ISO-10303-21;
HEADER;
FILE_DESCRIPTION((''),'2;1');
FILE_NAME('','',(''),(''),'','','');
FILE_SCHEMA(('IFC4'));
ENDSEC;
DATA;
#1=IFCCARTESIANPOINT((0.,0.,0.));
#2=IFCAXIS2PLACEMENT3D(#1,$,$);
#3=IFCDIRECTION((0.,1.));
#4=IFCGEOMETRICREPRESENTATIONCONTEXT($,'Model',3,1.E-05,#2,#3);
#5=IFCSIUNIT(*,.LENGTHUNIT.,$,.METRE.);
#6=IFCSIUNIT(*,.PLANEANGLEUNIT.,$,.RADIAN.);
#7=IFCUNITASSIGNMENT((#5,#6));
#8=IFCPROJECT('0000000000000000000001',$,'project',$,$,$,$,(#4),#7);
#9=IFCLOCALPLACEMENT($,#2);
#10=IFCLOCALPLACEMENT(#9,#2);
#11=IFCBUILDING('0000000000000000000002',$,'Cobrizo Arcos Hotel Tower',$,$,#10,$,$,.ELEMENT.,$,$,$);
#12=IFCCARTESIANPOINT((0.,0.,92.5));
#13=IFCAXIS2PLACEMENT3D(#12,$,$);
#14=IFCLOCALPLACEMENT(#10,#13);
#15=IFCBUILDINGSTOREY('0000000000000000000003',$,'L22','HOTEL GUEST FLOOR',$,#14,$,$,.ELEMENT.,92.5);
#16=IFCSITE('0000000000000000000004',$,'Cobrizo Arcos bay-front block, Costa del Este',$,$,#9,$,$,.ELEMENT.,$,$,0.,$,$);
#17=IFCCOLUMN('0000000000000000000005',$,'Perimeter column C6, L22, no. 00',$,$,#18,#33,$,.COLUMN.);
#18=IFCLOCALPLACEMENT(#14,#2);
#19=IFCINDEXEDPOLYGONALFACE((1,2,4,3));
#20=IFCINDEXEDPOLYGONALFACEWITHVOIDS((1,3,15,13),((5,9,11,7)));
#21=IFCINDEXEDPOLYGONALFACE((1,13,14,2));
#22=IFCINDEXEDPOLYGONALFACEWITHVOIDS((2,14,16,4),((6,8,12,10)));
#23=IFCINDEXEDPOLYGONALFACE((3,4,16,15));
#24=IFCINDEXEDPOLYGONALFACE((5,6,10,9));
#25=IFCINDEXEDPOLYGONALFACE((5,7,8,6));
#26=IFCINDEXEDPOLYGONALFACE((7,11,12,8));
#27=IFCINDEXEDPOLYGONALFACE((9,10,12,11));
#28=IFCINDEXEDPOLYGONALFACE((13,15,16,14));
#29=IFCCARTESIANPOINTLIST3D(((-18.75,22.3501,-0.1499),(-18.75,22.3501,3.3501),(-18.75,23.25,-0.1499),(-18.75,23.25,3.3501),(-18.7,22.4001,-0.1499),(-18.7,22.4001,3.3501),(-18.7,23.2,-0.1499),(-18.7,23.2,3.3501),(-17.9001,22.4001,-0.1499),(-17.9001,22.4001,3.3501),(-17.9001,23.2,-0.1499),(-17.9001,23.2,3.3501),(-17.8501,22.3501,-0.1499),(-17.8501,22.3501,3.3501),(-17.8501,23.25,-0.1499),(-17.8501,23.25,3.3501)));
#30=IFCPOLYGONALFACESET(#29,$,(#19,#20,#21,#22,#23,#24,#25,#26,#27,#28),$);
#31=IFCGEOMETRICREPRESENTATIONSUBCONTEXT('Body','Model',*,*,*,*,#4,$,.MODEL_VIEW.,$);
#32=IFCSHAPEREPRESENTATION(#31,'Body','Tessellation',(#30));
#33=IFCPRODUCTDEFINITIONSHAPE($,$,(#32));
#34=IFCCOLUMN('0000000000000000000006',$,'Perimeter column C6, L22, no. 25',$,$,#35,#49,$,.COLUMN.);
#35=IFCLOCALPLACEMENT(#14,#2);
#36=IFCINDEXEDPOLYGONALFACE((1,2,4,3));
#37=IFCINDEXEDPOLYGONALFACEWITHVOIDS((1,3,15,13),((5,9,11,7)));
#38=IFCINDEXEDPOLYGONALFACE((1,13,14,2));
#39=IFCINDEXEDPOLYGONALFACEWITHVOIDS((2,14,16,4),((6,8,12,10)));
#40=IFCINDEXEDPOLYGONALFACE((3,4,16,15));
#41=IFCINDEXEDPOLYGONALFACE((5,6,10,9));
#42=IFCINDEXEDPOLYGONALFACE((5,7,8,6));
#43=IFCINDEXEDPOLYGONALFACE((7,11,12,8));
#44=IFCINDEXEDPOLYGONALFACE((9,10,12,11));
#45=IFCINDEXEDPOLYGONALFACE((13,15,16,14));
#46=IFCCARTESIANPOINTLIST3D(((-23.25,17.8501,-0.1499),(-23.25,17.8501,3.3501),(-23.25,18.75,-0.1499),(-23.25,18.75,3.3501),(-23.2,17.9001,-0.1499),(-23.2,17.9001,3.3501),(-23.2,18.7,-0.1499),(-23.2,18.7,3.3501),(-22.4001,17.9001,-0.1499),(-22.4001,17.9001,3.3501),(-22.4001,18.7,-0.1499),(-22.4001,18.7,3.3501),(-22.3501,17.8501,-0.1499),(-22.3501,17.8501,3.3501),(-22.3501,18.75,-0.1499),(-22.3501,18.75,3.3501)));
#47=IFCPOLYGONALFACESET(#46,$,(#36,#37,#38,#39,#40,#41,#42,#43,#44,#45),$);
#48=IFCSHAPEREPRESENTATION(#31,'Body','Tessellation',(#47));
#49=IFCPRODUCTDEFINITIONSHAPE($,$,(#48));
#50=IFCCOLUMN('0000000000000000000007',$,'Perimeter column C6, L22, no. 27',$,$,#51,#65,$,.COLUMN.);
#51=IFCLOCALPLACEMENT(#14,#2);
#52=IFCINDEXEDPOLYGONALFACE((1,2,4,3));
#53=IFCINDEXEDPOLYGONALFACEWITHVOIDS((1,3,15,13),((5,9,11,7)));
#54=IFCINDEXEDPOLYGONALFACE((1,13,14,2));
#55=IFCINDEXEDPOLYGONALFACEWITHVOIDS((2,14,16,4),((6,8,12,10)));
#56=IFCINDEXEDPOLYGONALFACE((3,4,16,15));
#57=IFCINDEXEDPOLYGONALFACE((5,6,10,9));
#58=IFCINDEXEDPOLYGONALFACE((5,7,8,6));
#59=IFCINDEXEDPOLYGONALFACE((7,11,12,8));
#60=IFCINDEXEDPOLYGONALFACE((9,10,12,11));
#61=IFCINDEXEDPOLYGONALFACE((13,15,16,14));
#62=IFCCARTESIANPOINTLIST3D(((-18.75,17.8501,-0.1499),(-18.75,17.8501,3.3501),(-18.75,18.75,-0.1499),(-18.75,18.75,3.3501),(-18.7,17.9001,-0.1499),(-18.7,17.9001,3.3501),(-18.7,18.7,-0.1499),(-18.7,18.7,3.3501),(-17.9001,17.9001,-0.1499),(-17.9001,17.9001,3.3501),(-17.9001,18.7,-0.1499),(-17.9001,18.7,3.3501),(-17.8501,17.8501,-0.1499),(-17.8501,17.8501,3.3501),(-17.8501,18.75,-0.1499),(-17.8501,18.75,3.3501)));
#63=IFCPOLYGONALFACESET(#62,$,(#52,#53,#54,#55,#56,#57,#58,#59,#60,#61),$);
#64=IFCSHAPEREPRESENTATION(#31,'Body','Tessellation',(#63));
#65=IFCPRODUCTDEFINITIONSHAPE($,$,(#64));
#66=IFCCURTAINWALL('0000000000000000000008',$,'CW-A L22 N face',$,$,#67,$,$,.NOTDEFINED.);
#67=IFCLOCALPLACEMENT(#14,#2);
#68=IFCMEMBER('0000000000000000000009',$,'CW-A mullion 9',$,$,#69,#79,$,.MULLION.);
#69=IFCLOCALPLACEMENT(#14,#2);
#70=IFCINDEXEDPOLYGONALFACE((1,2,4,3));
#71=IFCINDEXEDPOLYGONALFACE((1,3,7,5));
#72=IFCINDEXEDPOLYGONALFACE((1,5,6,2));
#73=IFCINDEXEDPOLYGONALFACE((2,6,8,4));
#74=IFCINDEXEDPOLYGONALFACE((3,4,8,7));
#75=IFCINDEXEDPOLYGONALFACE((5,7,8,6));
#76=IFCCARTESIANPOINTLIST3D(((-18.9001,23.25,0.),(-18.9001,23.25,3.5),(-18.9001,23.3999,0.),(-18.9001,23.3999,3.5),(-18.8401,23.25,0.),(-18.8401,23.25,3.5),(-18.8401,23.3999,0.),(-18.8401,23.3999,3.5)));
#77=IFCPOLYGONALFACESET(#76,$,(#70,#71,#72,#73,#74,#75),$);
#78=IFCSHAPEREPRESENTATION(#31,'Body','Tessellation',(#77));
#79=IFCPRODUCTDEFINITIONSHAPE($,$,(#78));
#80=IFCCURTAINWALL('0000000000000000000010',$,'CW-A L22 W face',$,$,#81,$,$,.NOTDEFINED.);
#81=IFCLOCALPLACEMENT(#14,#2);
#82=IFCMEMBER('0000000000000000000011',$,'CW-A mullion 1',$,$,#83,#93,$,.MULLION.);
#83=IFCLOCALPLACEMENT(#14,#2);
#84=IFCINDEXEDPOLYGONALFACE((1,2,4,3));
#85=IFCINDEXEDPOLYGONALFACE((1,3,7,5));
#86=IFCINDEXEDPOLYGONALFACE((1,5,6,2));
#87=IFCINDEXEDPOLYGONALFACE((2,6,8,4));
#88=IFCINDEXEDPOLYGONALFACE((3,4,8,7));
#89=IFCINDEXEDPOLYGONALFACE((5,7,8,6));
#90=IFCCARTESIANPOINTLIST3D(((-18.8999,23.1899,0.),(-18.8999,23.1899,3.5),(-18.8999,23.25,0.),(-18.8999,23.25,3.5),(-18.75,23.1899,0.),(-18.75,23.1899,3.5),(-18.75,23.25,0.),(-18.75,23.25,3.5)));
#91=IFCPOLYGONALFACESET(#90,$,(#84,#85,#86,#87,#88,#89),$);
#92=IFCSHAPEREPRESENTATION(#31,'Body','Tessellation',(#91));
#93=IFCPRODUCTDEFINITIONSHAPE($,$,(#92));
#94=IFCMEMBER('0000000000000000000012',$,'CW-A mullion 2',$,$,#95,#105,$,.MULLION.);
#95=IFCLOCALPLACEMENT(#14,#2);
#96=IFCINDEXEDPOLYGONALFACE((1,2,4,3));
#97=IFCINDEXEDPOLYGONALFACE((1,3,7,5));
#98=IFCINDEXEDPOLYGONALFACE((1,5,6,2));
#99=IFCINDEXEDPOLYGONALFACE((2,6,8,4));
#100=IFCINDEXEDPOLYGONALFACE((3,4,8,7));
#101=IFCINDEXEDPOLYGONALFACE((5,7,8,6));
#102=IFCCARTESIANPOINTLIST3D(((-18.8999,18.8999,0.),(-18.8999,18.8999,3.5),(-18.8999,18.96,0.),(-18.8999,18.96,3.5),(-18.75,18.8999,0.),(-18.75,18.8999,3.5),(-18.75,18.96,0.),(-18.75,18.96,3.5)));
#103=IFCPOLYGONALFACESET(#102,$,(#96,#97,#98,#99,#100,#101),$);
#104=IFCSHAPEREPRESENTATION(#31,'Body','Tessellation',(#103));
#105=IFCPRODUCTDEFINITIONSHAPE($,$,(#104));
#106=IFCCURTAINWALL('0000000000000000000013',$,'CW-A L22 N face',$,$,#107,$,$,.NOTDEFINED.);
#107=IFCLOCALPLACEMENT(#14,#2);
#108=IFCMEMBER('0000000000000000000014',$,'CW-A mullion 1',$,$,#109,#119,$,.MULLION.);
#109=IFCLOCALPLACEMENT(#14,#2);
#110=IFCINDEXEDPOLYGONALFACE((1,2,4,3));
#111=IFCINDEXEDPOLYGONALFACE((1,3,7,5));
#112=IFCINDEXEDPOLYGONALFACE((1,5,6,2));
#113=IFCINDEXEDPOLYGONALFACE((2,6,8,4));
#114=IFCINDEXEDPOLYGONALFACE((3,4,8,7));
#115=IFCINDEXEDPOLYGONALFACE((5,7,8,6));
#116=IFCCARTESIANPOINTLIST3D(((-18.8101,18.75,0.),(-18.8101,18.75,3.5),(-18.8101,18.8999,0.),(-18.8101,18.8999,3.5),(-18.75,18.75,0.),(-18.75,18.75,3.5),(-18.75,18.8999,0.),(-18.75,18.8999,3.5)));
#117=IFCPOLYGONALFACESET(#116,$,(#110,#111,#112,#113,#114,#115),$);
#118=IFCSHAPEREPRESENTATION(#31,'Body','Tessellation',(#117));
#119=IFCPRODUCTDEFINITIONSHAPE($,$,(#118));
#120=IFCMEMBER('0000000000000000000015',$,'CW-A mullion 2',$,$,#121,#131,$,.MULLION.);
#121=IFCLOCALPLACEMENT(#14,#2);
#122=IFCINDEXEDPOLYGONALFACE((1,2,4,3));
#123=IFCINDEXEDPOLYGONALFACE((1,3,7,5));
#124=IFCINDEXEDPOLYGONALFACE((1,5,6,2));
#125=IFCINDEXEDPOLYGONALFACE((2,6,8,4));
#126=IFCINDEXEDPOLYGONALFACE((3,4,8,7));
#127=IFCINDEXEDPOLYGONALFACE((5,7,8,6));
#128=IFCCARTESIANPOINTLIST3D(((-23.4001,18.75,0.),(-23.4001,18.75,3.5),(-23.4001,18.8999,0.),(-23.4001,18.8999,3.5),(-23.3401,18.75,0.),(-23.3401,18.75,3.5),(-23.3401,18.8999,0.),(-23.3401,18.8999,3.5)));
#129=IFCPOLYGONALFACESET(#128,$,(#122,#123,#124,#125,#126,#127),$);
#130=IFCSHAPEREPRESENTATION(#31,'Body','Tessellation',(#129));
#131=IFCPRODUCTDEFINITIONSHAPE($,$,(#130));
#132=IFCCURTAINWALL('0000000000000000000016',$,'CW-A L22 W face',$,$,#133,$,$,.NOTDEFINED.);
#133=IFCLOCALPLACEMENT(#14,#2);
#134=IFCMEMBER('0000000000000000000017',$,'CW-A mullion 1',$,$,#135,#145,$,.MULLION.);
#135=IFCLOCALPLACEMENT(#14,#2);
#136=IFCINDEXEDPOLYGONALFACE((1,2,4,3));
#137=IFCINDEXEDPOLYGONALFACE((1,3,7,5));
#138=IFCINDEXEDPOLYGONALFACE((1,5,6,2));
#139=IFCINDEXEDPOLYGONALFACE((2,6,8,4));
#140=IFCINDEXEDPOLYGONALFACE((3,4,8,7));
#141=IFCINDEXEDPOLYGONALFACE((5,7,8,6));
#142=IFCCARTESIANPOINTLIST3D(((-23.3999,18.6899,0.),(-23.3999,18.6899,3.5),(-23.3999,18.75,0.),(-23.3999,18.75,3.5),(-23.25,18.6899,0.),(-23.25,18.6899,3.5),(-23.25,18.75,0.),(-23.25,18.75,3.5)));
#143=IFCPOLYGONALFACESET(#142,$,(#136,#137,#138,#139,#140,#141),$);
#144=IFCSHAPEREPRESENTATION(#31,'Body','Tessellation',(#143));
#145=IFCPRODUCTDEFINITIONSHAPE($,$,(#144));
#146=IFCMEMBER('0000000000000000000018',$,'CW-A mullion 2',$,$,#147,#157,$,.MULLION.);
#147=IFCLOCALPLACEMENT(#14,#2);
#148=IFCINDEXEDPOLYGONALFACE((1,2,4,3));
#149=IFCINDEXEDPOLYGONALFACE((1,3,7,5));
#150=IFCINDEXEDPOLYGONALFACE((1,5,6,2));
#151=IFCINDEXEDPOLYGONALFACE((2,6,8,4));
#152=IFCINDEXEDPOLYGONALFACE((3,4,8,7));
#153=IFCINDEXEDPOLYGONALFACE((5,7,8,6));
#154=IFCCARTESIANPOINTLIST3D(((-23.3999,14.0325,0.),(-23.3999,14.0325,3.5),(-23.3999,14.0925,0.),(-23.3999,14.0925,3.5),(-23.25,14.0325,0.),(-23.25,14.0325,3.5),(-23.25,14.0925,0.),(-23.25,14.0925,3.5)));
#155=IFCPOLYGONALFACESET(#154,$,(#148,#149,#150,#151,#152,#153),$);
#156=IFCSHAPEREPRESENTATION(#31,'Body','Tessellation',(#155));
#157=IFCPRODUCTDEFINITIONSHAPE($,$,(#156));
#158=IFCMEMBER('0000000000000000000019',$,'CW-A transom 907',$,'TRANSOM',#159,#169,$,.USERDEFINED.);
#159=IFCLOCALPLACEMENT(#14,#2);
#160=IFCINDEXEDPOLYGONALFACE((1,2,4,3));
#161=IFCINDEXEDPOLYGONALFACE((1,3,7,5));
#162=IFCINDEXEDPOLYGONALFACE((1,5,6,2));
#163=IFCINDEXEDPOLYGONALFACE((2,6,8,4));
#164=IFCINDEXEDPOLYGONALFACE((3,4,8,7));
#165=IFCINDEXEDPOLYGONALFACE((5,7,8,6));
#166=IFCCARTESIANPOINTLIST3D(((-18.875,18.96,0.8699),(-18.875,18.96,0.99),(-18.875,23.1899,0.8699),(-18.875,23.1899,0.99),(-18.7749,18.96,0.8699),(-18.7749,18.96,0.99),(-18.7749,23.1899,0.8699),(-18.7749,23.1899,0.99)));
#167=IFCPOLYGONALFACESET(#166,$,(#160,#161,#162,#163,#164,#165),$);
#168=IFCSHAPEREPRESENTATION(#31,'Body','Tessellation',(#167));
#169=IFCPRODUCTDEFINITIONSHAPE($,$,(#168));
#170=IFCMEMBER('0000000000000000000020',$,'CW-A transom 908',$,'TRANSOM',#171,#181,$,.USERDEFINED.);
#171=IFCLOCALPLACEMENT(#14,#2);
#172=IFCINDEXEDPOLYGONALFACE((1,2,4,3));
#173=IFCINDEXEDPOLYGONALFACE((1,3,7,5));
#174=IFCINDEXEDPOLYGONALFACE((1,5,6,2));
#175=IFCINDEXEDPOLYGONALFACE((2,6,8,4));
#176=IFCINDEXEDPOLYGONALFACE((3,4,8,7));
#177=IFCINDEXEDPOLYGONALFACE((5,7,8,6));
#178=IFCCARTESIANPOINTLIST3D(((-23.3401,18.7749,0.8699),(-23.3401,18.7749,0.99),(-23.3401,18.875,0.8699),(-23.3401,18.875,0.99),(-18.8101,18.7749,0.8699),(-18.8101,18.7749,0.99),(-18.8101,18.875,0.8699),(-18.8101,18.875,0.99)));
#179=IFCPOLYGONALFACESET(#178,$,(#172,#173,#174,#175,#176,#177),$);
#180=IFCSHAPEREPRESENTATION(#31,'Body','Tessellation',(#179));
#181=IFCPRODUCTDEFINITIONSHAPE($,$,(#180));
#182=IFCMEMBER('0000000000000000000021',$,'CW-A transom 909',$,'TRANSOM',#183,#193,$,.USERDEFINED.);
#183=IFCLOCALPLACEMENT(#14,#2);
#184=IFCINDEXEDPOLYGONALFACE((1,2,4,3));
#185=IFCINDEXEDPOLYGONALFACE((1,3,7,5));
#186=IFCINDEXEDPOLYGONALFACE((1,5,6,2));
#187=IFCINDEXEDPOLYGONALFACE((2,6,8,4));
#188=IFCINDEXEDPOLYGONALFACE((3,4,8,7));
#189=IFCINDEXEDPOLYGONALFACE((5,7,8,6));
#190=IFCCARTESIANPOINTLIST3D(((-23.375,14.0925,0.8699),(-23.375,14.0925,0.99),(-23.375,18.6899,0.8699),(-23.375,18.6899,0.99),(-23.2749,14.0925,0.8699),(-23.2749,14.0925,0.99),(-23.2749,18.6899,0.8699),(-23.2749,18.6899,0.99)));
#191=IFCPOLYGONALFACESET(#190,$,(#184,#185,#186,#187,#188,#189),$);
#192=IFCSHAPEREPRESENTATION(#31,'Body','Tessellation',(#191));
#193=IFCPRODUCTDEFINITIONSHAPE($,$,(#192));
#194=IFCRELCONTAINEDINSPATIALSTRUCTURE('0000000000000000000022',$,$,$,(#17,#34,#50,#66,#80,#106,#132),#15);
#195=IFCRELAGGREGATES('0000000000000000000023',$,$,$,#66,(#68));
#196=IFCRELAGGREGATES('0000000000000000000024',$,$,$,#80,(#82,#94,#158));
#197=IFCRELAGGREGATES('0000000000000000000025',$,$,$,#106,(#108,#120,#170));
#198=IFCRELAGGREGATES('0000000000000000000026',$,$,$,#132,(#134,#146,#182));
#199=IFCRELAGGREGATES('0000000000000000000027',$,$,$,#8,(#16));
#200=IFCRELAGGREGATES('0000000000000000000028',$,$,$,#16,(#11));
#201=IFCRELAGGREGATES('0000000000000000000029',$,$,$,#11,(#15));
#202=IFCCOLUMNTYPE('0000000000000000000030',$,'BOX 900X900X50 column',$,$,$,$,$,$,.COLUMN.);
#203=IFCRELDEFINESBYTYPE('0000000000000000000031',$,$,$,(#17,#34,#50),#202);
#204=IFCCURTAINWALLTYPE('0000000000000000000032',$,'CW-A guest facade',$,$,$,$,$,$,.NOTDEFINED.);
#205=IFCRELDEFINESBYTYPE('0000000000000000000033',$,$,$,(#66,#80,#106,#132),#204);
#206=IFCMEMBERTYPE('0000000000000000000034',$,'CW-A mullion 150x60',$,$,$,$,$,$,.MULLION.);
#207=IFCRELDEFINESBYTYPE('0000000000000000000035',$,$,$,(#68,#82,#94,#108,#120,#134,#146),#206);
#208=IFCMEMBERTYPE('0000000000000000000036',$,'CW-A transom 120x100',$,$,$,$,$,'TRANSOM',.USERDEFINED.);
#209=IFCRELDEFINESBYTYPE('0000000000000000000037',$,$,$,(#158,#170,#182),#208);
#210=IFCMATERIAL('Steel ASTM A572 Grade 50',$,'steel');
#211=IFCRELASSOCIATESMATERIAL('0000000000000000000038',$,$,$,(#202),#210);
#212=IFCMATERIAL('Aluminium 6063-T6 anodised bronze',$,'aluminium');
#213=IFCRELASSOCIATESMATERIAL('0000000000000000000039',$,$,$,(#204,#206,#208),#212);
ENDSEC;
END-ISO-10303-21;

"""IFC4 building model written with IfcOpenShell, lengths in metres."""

from ifc_helpers import new_model, si_unit, direction, frame, origin, origin_2d, place, context, subcontext, project, spatial, rectangle, hollow_rectangle, extrude, material, material_profile, profile_set, type_object, element, aggregate, save


model = new_model("IFC4")

# Units and contexts
model_context = context("Model", 3, precision=1e-05, world=origin(), true_north=direction((0.0, 1.0)))
body_context = subcontext(model_context, "Body", "Model", "MODEL_VIEW")
ifc_project = project(units=[si_unit("LENGTHUNIT", "METRE"), si_unit("PLANEANGLEUNIT", "RADIAN")], contexts=[model_context])

# Site, building, storey
site_placement = place(None, origin())
site = spatial("IfcSite", under=ifc_project, at=site_placement, Name="Cobrizo Arcos bay-front block, Costa del Este", CompositionType="ELEMENT", RefElevation=0.0)
building_placement = place(site_placement, origin())
building = spatial("IfcBuilding", under=site, at=building_placement, Name="Cobrizo Arcos Hotel Tower", CompositionType="ELEMENT")
storey_placement = place(building_placement, frame((0.0, 0.0, 92.5)))
storey = spatial("IfcBuildingStorey", under=building, at=storey_placement, Name="L22", Description="HOTEL GUEST FLOOR", CompositionType="ELEMENT", Elevation=92.5)

# Columns
ifc_material_1 = material(Name="Steel ASTM A572 Grade 50", Category="steel")
ifc_material_profile_1 = material_profile(ifc_material_1, hollow_rectangle(XDim=0.8999, YDim=0.8999, WallThickness=0.05, at=origin_2d()), Name="BOX 900X900X50")
ifc_profile_set_1 = profile_set([ifc_material_profile_1], Name="Steel ASTM A572 Grade 50")
column_type = type_object("IfcColumnType", Name="BOX 900X900X50 column", PredefinedType="COLUMN", material=ifc_profile_set_1)
for number, where, z_axis, x_axis, name in (
    (1, (-18.3, 22.8, -0.1499), (0.0, 0.0, 1.0), (1.0, 0.0, 0.0), "Perimeter column C6, L22, no. 00"),
    (2, (-22.8, 18.3, -0.1499), (0.0, 0.0, 1.0), (1.0, 0.0, 0.0), "Perimeter column C6, L22, no. 25"),
    (3, (-18.3, 18.3, -0.1499), (0.0, 0.0, 1.0), (1.0, 0.0, 0.0), "Perimeter column C6, L22, no. 27"),
):
    element("IfcColumn", number, at=place(storey_placement, frame(where, z_axis=z_axis, x_axis=x_axis)), inside=storey, type_object=column_type, Name=name, PredefinedType="COLUMN", context=body_context, shape_type="SweptSolid", body=[
        extrude(hollow_rectangle(XDim=0.8999, YDim=0.8999, WallThickness=0.05, at=origin_2d()), origin(), (0.0, 0.0, 1.0), 3.5),
    ])

# Curtain wall, member
ifc_material_2 = material(Name="Aluminium 6063-T6 anodised bronze", Category="aluminium")
curtain_wall_type = type_object("IfcCurtainWallType", Name="CW-A guest facade", PredefinedType="NOTDEFINED", material=ifc_material_2)
curtain_wall_1_placement = place(storey_placement, origin())
curtain_wall_1 = element("IfcCurtainWall", 4, at=curtain_wall_1_placement, inside=storey, type_object=curtain_wall_type, Name="CW-A L22 N face", PredefinedType="NOTDEFINED")
ifc_material_profile_2 = material_profile(ifc_material_2, rectangle(XDim=0.1499, YDim=0.0601, at=origin_2d()), Name="CW-A mullion 150x60")
ifc_profile_set_2 = profile_set([ifc_material_profile_2], Name="Aluminium 6063-T6 anodised bronze")
member_type_1 = type_object("IfcMemberType", Name="CW-A mullion 150x60", PredefinedType="MULLION", material=ifc_profile_set_2)
member_1_placement = place(storey_placement, frame((-18.8701, 23.325, 0.0), z_axis=(0.0, 0.0, 1.0), x_axis=(0.0, 1.0, 0.0)))
member_1 = element("IfcMember", 5, at=member_1_placement, type_object=member_type_1, Name="CW-A mullion 9", PredefinedType="MULLION", context=body_context, shape_type="SweptSolid", body=[
    extrude(rectangle(XDim=0.1499, YDim=0.0601, at=origin_2d()), origin(), (0.0, 0.0, 1.0), 3.5),
])

# Curtain walls, members
curtain_wall_2_placement = place(storey_placement, origin())
curtain_wall_2 = element("IfcCurtainWall", 6, at=curtain_wall_2_placement, inside=storey, type_object=curtain_wall_type, Name="CW-A L22 W face", PredefinedType="NOTDEFINED")
member_2_placement = place(storey_placement, frame((-18.825, 23.22, 0.0), z_axis=(0.0, 0.0, 1.0), x_axis=(-1.0, 0.0, 0.0)))
member_2 = element("IfcMember", 7, at=member_2_placement, type_object=member_type_1, Name="CW-A mullion 1", PredefinedType="MULLION", context=body_context, shape_type="SweptSolid", body=[
    extrude(rectangle(XDim=0.1499, YDim=0.0601, at=origin_2d()), origin(), (0.0, 0.0, 1.0), 3.5),
])
member_3_placement = place(storey_placement, frame((-18.825, 18.9299, 0.0), z_axis=(0.0, 0.0, 1.0), x_axis=(-1.0, 0.0, 0.0)))
member_3 = element("IfcMember", 8, at=member_3_placement, type_object=member_type_1, Name="CW-A mullion 2", PredefinedType="MULLION", context=body_context, shape_type="SweptSolid", body=[
    extrude(rectangle(XDim=0.1499, YDim=0.0601, at=origin_2d()), origin(), (0.0, 0.0, 1.0), 3.5),
])
curtain_wall_3_placement = place(storey_placement, origin())
curtain_wall_3 = element("IfcCurtainWall", 9, at=curtain_wall_3_placement, inside=storey, type_object=curtain_wall_type, Name="CW-A L22 N face", PredefinedType="NOTDEFINED")
member_4_placement = place(storey_placement, frame((-18.78, 18.825, 0.0), z_axis=(0.0, 0.0, 1.0), x_axis=(0.0, 1.0, 0.0)))
member_4 = element("IfcMember", 10, at=member_4_placement, type_object=member_type_1, Name="CW-A mullion 1", PredefinedType="MULLION", context=body_context, shape_type="SweptSolid", body=[
    extrude(rectangle(XDim=0.1499, YDim=0.0601, at=origin_2d()), origin(), (0.0, 0.0, 1.0), 3.5),
])
member_5_placement = place(storey_placement, frame((-23.3701, 18.825, 0.0), z_axis=(0.0, 0.0, 1.0), x_axis=(0.0, 1.0, 0.0)))
member_5 = element("IfcMember", 11, at=member_5_placement, type_object=member_type_1, Name="CW-A mullion 2", PredefinedType="MULLION", context=body_context, shape_type="SweptSolid", body=[
    extrude(rectangle(XDim=0.1499, YDim=0.0601, at=origin_2d()), origin(), (0.0, 0.0, 1.0), 3.5),
])
curtain_wall_4_placement = place(storey_placement, origin())
curtain_wall_4 = element("IfcCurtainWall", 12, at=curtain_wall_4_placement, inside=storey, type_object=curtain_wall_type, Name="CW-A L22 W face", PredefinedType="NOTDEFINED")
member_6_placement = place(storey_placement, frame((-23.325, 18.72, 0.0), z_axis=(0.0, 0.0, 1.0), x_axis=(-1.0, 0.0, 0.0)))
member_6 = element("IfcMember", 13, at=member_6_placement, type_object=member_type_1, Name="CW-A mullion 1", PredefinedType="MULLION", context=body_context, shape_type="SweptSolid", body=[
    extrude(rectangle(XDim=0.1499, YDim=0.0601, at=origin_2d()), origin(), (0.0, 0.0, 1.0), 3.5),
])
member_7_placement = place(storey_placement, frame((-23.325, 14.0625, 0.0), z_axis=(0.0, 0.0, 1.0), x_axis=(-1.0, 0.0, 0.0)))
member_7 = element("IfcMember", 14, at=member_7_placement, type_object=member_type_1, Name="CW-A mullion 2", PredefinedType="MULLION", context=body_context, shape_type="SweptSolid", body=[
    extrude(rectangle(XDim=0.1499, YDim=0.0601, at=origin_2d()), origin(), (0.0, 0.0, 1.0), 3.5),
])

# Members
ifc_material_profile_3 = material_profile(ifc_material_2, rectangle(XDim=0.1001, YDim=0.1201, at=origin_2d()), Name="CW-A transom 120x100")
ifc_profile_set_3 = profile_set([ifc_material_profile_3], Name="Aluminium 6063-T6 anodised bronze")
member_type_2 = type_object("IfcMemberType", Name="CW-A transom 120x100", ElementType="TRANSOM", PredefinedType="USERDEFINED", material=ifc_profile_set_3)
member_8_placement = place(storey_placement, frame((-18.825, 23.1899, 0.9299), z_axis=(0.0, -1.0, 0.0), x_axis=(1.0, 0.0, 0.0)))
member_8 = element("IfcMember", 15, at=member_8_placement, type_object=member_type_2, Name="CW-A transom 907", ObjectType="TRANSOM", PredefinedType="USERDEFINED", context=body_context, shape_type="SweptSolid", body=[
    extrude(rectangle(XDim=0.1001, YDim=0.1201, at=origin_2d()), origin(), (0.0, 0.0, 1.0), 4.23),
])
member_9_placement = place(storey_placement, frame((-18.8101, 18.825, 0.9299), z_axis=(-1.0, 0.0, 0.0), x_axis=(0.0, -1.0, 0.0)))
member_9 = element("IfcMember", 16, at=member_9_placement, type_object=member_type_2, Name="CW-A transom 908", ObjectType="TRANSOM", PredefinedType="USERDEFINED", context=body_context, shape_type="SweptSolid", body=[
    extrude(rectangle(XDim=0.1001, YDim=0.1201, at=origin_2d()), origin(), (0.0, 0.0, 1.0), 4.53),
])
member_10_placement = place(storey_placement, frame((-23.325, 18.6899, 0.9299), z_axis=(0.0, -1.0, 0.0), x_axis=(1.0, 0.0, 0.0)))
member_10 = element("IfcMember", 17, at=member_10_placement, type_object=member_type_2, Name="CW-A transom 909", ObjectType="TRANSOM", PredefinedType="USERDEFINED", context=body_context, shape_type="SweptSolid", body=[
    extrude(rectangle(XDim=0.1001, YDim=0.1201, at=origin_2d()), origin(), (0.0, 0.0, 1.0), 4.5974),
])

aggregate(curtain_wall_1, [member_1])
aggregate(curtain_wall_2, [member_2, member_3, member_8])
aggregate(curtain_wall_3, [member_4, member_5, member_9])
aggregate(curtain_wall_4, [member_6, member_7, member_10])

save(model, "model.ifc")
